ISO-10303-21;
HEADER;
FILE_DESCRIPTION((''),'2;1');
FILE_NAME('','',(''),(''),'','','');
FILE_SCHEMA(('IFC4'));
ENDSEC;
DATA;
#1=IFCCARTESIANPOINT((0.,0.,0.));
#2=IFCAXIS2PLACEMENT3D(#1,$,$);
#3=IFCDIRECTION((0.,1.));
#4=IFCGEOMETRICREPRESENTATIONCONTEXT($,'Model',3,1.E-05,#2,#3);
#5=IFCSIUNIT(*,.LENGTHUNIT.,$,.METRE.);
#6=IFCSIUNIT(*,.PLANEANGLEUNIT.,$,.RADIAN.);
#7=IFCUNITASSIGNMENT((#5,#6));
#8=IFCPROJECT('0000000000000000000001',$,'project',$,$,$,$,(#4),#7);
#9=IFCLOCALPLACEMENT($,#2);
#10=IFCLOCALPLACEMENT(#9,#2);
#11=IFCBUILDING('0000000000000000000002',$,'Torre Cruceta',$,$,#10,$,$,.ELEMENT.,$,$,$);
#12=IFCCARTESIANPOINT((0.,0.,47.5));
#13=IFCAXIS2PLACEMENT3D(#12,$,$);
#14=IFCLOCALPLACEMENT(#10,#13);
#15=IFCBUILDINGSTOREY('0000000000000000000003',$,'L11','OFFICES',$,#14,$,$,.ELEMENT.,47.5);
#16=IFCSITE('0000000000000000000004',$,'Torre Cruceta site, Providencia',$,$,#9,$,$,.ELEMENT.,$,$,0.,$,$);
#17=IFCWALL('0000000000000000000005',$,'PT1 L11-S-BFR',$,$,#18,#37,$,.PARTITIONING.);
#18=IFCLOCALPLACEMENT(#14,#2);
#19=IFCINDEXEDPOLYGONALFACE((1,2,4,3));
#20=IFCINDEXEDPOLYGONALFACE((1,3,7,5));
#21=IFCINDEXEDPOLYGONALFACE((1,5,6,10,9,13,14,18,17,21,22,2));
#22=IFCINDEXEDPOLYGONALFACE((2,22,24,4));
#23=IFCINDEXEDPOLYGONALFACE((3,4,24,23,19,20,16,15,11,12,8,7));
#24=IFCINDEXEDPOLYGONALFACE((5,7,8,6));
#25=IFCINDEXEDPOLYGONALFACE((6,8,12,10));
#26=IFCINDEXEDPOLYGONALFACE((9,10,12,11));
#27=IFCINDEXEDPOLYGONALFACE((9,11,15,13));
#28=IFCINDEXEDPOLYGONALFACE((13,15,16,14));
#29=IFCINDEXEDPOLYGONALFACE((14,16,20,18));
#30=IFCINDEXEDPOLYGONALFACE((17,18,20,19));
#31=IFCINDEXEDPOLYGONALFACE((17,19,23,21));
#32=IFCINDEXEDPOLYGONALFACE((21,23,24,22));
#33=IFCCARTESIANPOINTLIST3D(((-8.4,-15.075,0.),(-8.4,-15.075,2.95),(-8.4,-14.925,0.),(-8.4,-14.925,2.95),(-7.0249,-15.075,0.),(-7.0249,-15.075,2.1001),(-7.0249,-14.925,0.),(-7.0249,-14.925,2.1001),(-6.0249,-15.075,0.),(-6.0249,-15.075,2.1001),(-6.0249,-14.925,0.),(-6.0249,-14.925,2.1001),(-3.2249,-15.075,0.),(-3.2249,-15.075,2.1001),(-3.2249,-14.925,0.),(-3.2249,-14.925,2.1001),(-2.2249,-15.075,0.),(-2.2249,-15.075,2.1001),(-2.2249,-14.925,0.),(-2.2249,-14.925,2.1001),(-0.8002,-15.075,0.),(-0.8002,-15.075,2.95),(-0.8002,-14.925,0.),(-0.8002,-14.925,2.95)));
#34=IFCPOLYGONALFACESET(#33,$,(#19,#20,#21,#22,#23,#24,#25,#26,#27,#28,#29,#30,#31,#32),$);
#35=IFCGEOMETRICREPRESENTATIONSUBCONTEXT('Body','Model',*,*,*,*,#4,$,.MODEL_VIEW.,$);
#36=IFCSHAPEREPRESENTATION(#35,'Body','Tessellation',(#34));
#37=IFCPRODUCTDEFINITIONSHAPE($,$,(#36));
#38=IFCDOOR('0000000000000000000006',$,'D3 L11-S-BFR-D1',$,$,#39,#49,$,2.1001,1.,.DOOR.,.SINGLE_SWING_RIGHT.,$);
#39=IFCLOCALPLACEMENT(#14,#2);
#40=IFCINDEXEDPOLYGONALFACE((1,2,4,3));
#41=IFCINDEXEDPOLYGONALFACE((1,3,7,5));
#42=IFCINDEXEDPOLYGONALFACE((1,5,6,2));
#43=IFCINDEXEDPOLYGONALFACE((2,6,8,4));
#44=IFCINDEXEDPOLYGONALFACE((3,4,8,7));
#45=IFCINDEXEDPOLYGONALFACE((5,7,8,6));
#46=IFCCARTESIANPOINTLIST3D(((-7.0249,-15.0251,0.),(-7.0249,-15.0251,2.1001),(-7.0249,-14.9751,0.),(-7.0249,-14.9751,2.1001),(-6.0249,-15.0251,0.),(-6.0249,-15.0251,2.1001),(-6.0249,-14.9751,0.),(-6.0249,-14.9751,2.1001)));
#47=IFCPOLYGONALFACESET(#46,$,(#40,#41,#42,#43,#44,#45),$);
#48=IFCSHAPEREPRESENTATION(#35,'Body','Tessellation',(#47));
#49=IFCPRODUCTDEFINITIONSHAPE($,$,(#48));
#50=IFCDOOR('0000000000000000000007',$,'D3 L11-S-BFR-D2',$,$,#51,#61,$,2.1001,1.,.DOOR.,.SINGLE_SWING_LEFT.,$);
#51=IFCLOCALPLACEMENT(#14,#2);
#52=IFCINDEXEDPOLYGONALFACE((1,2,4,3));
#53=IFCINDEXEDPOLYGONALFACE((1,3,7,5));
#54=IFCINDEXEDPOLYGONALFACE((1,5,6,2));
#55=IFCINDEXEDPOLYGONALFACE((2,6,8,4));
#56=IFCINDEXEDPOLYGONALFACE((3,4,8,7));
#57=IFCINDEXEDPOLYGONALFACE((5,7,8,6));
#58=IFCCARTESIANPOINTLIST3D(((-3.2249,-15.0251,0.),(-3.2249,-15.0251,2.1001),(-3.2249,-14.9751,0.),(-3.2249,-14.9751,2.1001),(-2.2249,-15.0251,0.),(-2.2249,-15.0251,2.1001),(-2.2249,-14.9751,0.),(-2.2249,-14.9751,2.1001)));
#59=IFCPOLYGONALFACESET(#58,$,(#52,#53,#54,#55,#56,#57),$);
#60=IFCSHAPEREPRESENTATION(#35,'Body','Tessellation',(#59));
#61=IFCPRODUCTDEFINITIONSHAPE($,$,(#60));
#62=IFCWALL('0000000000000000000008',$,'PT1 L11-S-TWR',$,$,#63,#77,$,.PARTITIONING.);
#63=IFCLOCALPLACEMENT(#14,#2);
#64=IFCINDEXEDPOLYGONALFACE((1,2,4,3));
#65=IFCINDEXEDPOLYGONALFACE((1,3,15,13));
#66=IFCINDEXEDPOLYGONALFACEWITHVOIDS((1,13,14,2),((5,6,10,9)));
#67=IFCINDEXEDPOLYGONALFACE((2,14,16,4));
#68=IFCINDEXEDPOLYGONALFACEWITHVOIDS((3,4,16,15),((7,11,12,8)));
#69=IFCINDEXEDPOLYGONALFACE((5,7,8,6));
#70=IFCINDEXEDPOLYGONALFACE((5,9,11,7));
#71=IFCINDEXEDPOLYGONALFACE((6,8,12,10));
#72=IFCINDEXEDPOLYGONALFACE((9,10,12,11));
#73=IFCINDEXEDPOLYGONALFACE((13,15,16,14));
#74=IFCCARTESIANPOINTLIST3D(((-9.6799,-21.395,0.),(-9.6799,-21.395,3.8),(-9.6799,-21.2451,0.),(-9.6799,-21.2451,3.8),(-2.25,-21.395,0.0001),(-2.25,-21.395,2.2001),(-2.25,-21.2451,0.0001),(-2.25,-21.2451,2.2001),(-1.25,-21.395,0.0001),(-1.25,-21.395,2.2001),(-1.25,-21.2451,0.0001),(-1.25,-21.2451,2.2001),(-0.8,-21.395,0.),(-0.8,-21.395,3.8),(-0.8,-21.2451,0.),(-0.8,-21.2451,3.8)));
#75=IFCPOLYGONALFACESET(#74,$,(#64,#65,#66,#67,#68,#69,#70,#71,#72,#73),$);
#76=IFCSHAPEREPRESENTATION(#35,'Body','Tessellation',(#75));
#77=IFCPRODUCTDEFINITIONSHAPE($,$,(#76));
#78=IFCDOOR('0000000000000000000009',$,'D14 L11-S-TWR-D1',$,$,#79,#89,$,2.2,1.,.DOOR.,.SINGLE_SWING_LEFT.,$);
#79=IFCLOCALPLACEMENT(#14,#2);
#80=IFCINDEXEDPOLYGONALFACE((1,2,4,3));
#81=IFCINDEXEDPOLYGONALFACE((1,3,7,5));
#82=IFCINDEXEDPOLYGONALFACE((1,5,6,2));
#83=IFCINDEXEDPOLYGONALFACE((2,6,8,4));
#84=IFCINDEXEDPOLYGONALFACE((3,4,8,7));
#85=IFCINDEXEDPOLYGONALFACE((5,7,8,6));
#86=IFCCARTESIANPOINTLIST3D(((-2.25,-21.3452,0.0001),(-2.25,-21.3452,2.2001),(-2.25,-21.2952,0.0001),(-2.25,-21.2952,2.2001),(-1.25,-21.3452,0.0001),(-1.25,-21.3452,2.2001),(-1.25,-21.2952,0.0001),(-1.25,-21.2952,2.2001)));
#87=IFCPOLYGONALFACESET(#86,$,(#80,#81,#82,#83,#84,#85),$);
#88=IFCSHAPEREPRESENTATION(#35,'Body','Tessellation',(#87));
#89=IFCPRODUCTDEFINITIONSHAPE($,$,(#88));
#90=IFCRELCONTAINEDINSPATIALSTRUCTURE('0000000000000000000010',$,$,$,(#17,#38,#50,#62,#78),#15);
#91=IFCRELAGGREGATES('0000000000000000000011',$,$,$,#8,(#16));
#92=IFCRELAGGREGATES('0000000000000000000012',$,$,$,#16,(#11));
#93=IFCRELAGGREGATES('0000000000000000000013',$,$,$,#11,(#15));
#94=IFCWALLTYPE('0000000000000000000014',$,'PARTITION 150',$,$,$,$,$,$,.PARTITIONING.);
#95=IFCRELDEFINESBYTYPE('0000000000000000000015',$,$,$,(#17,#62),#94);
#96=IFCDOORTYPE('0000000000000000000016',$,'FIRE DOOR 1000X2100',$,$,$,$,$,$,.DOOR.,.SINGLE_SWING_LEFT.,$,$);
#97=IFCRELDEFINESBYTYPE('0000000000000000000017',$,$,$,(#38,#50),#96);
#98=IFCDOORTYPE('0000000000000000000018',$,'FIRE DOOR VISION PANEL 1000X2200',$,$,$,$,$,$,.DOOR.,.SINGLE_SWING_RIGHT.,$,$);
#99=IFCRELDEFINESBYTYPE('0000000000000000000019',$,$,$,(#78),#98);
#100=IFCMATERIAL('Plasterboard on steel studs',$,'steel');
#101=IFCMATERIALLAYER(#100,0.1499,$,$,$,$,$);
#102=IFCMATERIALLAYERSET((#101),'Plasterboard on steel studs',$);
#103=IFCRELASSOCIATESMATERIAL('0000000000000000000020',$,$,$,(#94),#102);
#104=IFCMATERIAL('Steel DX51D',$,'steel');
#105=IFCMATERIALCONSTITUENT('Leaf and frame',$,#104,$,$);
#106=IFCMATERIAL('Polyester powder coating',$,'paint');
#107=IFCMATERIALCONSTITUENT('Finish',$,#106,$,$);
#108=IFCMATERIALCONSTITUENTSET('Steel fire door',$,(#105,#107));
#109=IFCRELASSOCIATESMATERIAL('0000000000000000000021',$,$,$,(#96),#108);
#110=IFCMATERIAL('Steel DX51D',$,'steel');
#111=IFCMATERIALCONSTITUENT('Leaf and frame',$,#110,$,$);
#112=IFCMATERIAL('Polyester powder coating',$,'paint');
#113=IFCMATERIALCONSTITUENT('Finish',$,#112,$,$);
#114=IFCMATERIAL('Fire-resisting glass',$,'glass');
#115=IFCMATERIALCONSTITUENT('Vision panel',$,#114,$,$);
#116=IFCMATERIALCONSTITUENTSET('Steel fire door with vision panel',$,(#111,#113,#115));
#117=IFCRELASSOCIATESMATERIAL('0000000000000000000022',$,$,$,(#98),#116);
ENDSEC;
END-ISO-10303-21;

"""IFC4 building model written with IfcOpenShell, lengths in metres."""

from ifc_helpers import new_model, si_unit, direction, frame, frame_2d, origin, place, context, subcontext, project, spatial, rectangle, extrude, material, layer, layer_set, constituent, constituent_set, type_object, element, fill, save


model = new_model("IFC4")

# Units and contexts
model_context = context("Model", 3, precision=1e-05, world=origin(), true_north=direction((0.0, 1.0)))
body_context = subcontext(model_context, "Body", "Model", "MODEL_VIEW")
ifc_project = project(units=[si_unit("LENGTHUNIT", "METRE"), si_unit("PLANEANGLEUNIT", "RADIAN")], contexts=[model_context])

# Site, building, storey
site_placement = place(None, origin())
site = spatial("IfcSite", under=ifc_project, at=site_placement, Name="Torre Cruceta site, Providencia", CompositionType="ELEMENT", RefElevation=0.0)
building_placement = place(site_placement, origin())
building = spatial("IfcBuilding", under=site, at=building_placement, Name="Torre Cruceta", CompositionType="ELEMENT")
storey_placement = place(building_placement, frame((0.0, 0.0, 47.5)))
storey = spatial("IfcBuildingStorey", under=building, at=storey_placement, Name="L11", Description="OFFICES", CompositionType="ELEMENT", Elevation=47.5)

# Wall, openings, doors
ifc_material_1 = material(Name="Plasterboard on steel studs", Category="steel")
ifc_layer_1 = layer(ifc_material_1, 0.1499)
ifc_layer_set_1 = layer_set([ifc_layer_1], Name="Plasterboard on steel studs")
wall_type_1 = type_object("IfcWallType", Name="PARTITION 150", PredefinedType="PARTITIONING", material=ifc_layer_set_1)
wall_1_placement = place(storey_placement, frame((-8.3999, -15.0, 0.0), z_axis=(0.0, 0.0, 1.0), x_axis=(1.0, 0.0, 0.0)))
wall_1 = element("IfcWall", 1, at=wall_1_placement, inside=storey, type_object=wall_type_1, Name="PT1 L11-S-BFR", PredefinedType="PARTITIONING", context=body_context, shape_type="SweptSolid", body=[
    extrude(rectangle(XDim=7.5999, YDim=0.1499, at=frame_2d((3.7998, 0.0))), origin(), (0.0, 0.0, 1.0), 2.95),
])
opening_1_placement = place(wall_1_placement, frame((1.375, 0.0, 0.0)))
opening_1 = element("IfcOpeningElement", 2, at=opening_1_placement, cuts=wall_1, PredefinedType="OPENING", context=body_context, shape_type="SweptSolid", body=[
    extrude(rectangle(XDim=1.0, YDim=2.1001, at=frame_2d((0.5, 1.05))), frame((0.0, 0.085, 0.0), z_axis=(0.0, -1.0, 0.0), x_axis=(1.0, 0.0, 0.0)), (0.0, 0.0, 1.0), 0.1699),
])
opening_2_placement = place(wall_1_placement, frame((5.175, 0.0, 0.0)))
opening_2 = element("IfcOpeningElement", 3, at=opening_2_placement, cuts=wall_1, PredefinedType="OPENING", context=body_context, shape_type="SweptSolid", body=[
    extrude(rectangle(XDim=1.0, YDim=2.1001, at=frame_2d((0.5, 1.05))), frame((0.0, 0.085, 0.0), z_axis=(0.0, -1.0, 0.0), x_axis=(1.0, 0.0, 0.0)), (0.0, 0.0, 1.0), 0.1699),
])
ifc_material_2 = material(Name="Steel DX51D", Category="steel")
ifc_constituent_1 = constituent(ifc_material_2, Name="Leaf and frame")
ifc_material_3 = material(Name="Polyester powder coating", Category="paint")
ifc_constituent_2 = constituent(ifc_material_3, Name="Finish")
ifc_constituent_set_1 = constituent_set(constituents=[ifc_constituent_1, ifc_constituent_2], Name="Steel fire door")
door_type_1 = type_object("IfcDoorType", Name="FIRE DOOR 1000X2100", OperationType="SINGLE_SWING_LEFT", PredefinedType="DOOR", material=ifc_constituent_set_1)
door_1_placement = place(opening_1_placement, origin())
door_1 = element("IfcDoor", 4, at=door_1_placement, inside=storey, type_object=door_type_1, Name="D3 L11-S-BFR-D1", OperationType="SINGLE_SWING_RIGHT", OverallHeight=2.1001, OverallWidth=1.0, PredefinedType="DOOR", context=body_context, shape_type="SweptSolid", body=[
    extrude(rectangle(XDim=1.0, YDim=2.1001, at=frame_2d((0.5, 1.05))), frame((0.0, 0.0249, 0.0), z_axis=(0.0, -1.0, 0.0), x_axis=(1.0, 0.0, 0.0)), (0.0, 0.0, 1.0), 0.05),
])
fill(opening_1, door_1)
door_2_placement = place(opening_2_placement, origin())
door_2 = element("IfcDoor", 5, at=door_2_placement, inside=storey, type_object=door_type_1, Name="D3 L11-S-BFR-D2", OperationType="SINGLE_SWING_LEFT", OverallHeight=2.1001, OverallWidth=1.0, PredefinedType="DOOR", context=body_context, shape_type="SweptSolid", body=[
    extrude(rectangle(XDim=1.0, YDim=2.1001, at=frame_2d((0.5, 1.05))), frame((0.0, 0.0249, 0.0), z_axis=(0.0, -1.0, 0.0), x_axis=(1.0, 0.0, 0.0)), (0.0, 0.0, 1.0), 0.05),
])
fill(opening_2, door_2)

# Wall, opening, door
wall_2_placement = place(storey_placement, frame((-9.6799, -21.3201, 0.0), z_axis=(0.0, 0.0, 1.0), x_axis=(1.0, 0.0, 0.0)))
wall_2 = element("IfcWall", 6, at=wall_2_placement, inside=storey, type_object=wall_type_1, Name="PT1 L11-S-TWR", PredefinedType="PARTITIONING", context=body_context, shape_type="SweptSolid", body=[
    extrude(rectangle(XDim=8.8799, YDim=0.1499, at=frame_2d((4.4399, 0.0))), origin(), (0.0, 0.0, 1.0), 3.8),
])
opening_3_placement = place(wall_2_placement, frame((7.4299, 0.0, 0.0)))
opening_3 = element("IfcOpeningElement", 7, at=opening_3_placement, cuts=wall_2, PredefinedType="OPENING", context=body_context, shape_type="SweptSolid", body=[
    extrude(rectangle(XDim=1.0, YDim=2.2, at=frame_2d((0.5, 1.1001))), frame((0.0, 0.085, 0.0), z_axis=(0.0, -1.0, 0.0), x_axis=(1.0, 0.0, 0.0)), (0.0, 0.0, 1.0), 0.1699),
])
ifc_material_4 = material(Name="Steel DX51D", Category="steel")
ifc_constituent_3 = constituent(ifc_material_4, Name="Leaf and frame")
ifc_material_5 = material(Name="Polyester powder coating", Category="paint")
ifc_constituent_4 = constituent(ifc_material_5, Name="Finish")
ifc_material_6 = material(Name="Fire-resisting glass", Category="glass")
ifc_constituent_5 = constituent(ifc_material_6, Name="Vision panel")
ifc_constituent_set_2 = constituent_set(constituents=[ifc_constituent_3, ifc_constituent_4, ifc_constituent_5], Name="Steel fire door with vision panel")
door_type_2 = type_object("IfcDoorType", Name="FIRE DOOR VISION PANEL 1000X2200", OperationType="SINGLE_SWING_RIGHT", PredefinedType="DOOR", material=ifc_constituent_set_2)
door_3_placement = place(opening_3_placement, frame((1.0, 0.0, 0.0), z_axis=(0.0, 0.0, 1.0), x_axis=(-1.0, 0.0, 0.0)))
door_3 = element("IfcDoor", 8, at=door_3_placement, inside=storey, type_object=door_type_2, Name="D14 L11-S-TWR-D1", OperationType="SINGLE_SWING_LEFT", OverallHeight=2.2, OverallWidth=1.0, PredefinedType="DOOR", context=body_context, shape_type="SweptSolid", body=[
    extrude(rectangle(XDim=1.0, YDim=2.2, at=frame_2d((0.5, 1.1001))), frame((0.0, 0.0251, 0.0), z_axis=(0.0, -1.0, 0.0), x_axis=(1.0, 0.0, 0.0)), (0.0, 0.0, 1.0), 0.05),
])
fill(opening_3, door_3)

save(model, "model.ifc")
